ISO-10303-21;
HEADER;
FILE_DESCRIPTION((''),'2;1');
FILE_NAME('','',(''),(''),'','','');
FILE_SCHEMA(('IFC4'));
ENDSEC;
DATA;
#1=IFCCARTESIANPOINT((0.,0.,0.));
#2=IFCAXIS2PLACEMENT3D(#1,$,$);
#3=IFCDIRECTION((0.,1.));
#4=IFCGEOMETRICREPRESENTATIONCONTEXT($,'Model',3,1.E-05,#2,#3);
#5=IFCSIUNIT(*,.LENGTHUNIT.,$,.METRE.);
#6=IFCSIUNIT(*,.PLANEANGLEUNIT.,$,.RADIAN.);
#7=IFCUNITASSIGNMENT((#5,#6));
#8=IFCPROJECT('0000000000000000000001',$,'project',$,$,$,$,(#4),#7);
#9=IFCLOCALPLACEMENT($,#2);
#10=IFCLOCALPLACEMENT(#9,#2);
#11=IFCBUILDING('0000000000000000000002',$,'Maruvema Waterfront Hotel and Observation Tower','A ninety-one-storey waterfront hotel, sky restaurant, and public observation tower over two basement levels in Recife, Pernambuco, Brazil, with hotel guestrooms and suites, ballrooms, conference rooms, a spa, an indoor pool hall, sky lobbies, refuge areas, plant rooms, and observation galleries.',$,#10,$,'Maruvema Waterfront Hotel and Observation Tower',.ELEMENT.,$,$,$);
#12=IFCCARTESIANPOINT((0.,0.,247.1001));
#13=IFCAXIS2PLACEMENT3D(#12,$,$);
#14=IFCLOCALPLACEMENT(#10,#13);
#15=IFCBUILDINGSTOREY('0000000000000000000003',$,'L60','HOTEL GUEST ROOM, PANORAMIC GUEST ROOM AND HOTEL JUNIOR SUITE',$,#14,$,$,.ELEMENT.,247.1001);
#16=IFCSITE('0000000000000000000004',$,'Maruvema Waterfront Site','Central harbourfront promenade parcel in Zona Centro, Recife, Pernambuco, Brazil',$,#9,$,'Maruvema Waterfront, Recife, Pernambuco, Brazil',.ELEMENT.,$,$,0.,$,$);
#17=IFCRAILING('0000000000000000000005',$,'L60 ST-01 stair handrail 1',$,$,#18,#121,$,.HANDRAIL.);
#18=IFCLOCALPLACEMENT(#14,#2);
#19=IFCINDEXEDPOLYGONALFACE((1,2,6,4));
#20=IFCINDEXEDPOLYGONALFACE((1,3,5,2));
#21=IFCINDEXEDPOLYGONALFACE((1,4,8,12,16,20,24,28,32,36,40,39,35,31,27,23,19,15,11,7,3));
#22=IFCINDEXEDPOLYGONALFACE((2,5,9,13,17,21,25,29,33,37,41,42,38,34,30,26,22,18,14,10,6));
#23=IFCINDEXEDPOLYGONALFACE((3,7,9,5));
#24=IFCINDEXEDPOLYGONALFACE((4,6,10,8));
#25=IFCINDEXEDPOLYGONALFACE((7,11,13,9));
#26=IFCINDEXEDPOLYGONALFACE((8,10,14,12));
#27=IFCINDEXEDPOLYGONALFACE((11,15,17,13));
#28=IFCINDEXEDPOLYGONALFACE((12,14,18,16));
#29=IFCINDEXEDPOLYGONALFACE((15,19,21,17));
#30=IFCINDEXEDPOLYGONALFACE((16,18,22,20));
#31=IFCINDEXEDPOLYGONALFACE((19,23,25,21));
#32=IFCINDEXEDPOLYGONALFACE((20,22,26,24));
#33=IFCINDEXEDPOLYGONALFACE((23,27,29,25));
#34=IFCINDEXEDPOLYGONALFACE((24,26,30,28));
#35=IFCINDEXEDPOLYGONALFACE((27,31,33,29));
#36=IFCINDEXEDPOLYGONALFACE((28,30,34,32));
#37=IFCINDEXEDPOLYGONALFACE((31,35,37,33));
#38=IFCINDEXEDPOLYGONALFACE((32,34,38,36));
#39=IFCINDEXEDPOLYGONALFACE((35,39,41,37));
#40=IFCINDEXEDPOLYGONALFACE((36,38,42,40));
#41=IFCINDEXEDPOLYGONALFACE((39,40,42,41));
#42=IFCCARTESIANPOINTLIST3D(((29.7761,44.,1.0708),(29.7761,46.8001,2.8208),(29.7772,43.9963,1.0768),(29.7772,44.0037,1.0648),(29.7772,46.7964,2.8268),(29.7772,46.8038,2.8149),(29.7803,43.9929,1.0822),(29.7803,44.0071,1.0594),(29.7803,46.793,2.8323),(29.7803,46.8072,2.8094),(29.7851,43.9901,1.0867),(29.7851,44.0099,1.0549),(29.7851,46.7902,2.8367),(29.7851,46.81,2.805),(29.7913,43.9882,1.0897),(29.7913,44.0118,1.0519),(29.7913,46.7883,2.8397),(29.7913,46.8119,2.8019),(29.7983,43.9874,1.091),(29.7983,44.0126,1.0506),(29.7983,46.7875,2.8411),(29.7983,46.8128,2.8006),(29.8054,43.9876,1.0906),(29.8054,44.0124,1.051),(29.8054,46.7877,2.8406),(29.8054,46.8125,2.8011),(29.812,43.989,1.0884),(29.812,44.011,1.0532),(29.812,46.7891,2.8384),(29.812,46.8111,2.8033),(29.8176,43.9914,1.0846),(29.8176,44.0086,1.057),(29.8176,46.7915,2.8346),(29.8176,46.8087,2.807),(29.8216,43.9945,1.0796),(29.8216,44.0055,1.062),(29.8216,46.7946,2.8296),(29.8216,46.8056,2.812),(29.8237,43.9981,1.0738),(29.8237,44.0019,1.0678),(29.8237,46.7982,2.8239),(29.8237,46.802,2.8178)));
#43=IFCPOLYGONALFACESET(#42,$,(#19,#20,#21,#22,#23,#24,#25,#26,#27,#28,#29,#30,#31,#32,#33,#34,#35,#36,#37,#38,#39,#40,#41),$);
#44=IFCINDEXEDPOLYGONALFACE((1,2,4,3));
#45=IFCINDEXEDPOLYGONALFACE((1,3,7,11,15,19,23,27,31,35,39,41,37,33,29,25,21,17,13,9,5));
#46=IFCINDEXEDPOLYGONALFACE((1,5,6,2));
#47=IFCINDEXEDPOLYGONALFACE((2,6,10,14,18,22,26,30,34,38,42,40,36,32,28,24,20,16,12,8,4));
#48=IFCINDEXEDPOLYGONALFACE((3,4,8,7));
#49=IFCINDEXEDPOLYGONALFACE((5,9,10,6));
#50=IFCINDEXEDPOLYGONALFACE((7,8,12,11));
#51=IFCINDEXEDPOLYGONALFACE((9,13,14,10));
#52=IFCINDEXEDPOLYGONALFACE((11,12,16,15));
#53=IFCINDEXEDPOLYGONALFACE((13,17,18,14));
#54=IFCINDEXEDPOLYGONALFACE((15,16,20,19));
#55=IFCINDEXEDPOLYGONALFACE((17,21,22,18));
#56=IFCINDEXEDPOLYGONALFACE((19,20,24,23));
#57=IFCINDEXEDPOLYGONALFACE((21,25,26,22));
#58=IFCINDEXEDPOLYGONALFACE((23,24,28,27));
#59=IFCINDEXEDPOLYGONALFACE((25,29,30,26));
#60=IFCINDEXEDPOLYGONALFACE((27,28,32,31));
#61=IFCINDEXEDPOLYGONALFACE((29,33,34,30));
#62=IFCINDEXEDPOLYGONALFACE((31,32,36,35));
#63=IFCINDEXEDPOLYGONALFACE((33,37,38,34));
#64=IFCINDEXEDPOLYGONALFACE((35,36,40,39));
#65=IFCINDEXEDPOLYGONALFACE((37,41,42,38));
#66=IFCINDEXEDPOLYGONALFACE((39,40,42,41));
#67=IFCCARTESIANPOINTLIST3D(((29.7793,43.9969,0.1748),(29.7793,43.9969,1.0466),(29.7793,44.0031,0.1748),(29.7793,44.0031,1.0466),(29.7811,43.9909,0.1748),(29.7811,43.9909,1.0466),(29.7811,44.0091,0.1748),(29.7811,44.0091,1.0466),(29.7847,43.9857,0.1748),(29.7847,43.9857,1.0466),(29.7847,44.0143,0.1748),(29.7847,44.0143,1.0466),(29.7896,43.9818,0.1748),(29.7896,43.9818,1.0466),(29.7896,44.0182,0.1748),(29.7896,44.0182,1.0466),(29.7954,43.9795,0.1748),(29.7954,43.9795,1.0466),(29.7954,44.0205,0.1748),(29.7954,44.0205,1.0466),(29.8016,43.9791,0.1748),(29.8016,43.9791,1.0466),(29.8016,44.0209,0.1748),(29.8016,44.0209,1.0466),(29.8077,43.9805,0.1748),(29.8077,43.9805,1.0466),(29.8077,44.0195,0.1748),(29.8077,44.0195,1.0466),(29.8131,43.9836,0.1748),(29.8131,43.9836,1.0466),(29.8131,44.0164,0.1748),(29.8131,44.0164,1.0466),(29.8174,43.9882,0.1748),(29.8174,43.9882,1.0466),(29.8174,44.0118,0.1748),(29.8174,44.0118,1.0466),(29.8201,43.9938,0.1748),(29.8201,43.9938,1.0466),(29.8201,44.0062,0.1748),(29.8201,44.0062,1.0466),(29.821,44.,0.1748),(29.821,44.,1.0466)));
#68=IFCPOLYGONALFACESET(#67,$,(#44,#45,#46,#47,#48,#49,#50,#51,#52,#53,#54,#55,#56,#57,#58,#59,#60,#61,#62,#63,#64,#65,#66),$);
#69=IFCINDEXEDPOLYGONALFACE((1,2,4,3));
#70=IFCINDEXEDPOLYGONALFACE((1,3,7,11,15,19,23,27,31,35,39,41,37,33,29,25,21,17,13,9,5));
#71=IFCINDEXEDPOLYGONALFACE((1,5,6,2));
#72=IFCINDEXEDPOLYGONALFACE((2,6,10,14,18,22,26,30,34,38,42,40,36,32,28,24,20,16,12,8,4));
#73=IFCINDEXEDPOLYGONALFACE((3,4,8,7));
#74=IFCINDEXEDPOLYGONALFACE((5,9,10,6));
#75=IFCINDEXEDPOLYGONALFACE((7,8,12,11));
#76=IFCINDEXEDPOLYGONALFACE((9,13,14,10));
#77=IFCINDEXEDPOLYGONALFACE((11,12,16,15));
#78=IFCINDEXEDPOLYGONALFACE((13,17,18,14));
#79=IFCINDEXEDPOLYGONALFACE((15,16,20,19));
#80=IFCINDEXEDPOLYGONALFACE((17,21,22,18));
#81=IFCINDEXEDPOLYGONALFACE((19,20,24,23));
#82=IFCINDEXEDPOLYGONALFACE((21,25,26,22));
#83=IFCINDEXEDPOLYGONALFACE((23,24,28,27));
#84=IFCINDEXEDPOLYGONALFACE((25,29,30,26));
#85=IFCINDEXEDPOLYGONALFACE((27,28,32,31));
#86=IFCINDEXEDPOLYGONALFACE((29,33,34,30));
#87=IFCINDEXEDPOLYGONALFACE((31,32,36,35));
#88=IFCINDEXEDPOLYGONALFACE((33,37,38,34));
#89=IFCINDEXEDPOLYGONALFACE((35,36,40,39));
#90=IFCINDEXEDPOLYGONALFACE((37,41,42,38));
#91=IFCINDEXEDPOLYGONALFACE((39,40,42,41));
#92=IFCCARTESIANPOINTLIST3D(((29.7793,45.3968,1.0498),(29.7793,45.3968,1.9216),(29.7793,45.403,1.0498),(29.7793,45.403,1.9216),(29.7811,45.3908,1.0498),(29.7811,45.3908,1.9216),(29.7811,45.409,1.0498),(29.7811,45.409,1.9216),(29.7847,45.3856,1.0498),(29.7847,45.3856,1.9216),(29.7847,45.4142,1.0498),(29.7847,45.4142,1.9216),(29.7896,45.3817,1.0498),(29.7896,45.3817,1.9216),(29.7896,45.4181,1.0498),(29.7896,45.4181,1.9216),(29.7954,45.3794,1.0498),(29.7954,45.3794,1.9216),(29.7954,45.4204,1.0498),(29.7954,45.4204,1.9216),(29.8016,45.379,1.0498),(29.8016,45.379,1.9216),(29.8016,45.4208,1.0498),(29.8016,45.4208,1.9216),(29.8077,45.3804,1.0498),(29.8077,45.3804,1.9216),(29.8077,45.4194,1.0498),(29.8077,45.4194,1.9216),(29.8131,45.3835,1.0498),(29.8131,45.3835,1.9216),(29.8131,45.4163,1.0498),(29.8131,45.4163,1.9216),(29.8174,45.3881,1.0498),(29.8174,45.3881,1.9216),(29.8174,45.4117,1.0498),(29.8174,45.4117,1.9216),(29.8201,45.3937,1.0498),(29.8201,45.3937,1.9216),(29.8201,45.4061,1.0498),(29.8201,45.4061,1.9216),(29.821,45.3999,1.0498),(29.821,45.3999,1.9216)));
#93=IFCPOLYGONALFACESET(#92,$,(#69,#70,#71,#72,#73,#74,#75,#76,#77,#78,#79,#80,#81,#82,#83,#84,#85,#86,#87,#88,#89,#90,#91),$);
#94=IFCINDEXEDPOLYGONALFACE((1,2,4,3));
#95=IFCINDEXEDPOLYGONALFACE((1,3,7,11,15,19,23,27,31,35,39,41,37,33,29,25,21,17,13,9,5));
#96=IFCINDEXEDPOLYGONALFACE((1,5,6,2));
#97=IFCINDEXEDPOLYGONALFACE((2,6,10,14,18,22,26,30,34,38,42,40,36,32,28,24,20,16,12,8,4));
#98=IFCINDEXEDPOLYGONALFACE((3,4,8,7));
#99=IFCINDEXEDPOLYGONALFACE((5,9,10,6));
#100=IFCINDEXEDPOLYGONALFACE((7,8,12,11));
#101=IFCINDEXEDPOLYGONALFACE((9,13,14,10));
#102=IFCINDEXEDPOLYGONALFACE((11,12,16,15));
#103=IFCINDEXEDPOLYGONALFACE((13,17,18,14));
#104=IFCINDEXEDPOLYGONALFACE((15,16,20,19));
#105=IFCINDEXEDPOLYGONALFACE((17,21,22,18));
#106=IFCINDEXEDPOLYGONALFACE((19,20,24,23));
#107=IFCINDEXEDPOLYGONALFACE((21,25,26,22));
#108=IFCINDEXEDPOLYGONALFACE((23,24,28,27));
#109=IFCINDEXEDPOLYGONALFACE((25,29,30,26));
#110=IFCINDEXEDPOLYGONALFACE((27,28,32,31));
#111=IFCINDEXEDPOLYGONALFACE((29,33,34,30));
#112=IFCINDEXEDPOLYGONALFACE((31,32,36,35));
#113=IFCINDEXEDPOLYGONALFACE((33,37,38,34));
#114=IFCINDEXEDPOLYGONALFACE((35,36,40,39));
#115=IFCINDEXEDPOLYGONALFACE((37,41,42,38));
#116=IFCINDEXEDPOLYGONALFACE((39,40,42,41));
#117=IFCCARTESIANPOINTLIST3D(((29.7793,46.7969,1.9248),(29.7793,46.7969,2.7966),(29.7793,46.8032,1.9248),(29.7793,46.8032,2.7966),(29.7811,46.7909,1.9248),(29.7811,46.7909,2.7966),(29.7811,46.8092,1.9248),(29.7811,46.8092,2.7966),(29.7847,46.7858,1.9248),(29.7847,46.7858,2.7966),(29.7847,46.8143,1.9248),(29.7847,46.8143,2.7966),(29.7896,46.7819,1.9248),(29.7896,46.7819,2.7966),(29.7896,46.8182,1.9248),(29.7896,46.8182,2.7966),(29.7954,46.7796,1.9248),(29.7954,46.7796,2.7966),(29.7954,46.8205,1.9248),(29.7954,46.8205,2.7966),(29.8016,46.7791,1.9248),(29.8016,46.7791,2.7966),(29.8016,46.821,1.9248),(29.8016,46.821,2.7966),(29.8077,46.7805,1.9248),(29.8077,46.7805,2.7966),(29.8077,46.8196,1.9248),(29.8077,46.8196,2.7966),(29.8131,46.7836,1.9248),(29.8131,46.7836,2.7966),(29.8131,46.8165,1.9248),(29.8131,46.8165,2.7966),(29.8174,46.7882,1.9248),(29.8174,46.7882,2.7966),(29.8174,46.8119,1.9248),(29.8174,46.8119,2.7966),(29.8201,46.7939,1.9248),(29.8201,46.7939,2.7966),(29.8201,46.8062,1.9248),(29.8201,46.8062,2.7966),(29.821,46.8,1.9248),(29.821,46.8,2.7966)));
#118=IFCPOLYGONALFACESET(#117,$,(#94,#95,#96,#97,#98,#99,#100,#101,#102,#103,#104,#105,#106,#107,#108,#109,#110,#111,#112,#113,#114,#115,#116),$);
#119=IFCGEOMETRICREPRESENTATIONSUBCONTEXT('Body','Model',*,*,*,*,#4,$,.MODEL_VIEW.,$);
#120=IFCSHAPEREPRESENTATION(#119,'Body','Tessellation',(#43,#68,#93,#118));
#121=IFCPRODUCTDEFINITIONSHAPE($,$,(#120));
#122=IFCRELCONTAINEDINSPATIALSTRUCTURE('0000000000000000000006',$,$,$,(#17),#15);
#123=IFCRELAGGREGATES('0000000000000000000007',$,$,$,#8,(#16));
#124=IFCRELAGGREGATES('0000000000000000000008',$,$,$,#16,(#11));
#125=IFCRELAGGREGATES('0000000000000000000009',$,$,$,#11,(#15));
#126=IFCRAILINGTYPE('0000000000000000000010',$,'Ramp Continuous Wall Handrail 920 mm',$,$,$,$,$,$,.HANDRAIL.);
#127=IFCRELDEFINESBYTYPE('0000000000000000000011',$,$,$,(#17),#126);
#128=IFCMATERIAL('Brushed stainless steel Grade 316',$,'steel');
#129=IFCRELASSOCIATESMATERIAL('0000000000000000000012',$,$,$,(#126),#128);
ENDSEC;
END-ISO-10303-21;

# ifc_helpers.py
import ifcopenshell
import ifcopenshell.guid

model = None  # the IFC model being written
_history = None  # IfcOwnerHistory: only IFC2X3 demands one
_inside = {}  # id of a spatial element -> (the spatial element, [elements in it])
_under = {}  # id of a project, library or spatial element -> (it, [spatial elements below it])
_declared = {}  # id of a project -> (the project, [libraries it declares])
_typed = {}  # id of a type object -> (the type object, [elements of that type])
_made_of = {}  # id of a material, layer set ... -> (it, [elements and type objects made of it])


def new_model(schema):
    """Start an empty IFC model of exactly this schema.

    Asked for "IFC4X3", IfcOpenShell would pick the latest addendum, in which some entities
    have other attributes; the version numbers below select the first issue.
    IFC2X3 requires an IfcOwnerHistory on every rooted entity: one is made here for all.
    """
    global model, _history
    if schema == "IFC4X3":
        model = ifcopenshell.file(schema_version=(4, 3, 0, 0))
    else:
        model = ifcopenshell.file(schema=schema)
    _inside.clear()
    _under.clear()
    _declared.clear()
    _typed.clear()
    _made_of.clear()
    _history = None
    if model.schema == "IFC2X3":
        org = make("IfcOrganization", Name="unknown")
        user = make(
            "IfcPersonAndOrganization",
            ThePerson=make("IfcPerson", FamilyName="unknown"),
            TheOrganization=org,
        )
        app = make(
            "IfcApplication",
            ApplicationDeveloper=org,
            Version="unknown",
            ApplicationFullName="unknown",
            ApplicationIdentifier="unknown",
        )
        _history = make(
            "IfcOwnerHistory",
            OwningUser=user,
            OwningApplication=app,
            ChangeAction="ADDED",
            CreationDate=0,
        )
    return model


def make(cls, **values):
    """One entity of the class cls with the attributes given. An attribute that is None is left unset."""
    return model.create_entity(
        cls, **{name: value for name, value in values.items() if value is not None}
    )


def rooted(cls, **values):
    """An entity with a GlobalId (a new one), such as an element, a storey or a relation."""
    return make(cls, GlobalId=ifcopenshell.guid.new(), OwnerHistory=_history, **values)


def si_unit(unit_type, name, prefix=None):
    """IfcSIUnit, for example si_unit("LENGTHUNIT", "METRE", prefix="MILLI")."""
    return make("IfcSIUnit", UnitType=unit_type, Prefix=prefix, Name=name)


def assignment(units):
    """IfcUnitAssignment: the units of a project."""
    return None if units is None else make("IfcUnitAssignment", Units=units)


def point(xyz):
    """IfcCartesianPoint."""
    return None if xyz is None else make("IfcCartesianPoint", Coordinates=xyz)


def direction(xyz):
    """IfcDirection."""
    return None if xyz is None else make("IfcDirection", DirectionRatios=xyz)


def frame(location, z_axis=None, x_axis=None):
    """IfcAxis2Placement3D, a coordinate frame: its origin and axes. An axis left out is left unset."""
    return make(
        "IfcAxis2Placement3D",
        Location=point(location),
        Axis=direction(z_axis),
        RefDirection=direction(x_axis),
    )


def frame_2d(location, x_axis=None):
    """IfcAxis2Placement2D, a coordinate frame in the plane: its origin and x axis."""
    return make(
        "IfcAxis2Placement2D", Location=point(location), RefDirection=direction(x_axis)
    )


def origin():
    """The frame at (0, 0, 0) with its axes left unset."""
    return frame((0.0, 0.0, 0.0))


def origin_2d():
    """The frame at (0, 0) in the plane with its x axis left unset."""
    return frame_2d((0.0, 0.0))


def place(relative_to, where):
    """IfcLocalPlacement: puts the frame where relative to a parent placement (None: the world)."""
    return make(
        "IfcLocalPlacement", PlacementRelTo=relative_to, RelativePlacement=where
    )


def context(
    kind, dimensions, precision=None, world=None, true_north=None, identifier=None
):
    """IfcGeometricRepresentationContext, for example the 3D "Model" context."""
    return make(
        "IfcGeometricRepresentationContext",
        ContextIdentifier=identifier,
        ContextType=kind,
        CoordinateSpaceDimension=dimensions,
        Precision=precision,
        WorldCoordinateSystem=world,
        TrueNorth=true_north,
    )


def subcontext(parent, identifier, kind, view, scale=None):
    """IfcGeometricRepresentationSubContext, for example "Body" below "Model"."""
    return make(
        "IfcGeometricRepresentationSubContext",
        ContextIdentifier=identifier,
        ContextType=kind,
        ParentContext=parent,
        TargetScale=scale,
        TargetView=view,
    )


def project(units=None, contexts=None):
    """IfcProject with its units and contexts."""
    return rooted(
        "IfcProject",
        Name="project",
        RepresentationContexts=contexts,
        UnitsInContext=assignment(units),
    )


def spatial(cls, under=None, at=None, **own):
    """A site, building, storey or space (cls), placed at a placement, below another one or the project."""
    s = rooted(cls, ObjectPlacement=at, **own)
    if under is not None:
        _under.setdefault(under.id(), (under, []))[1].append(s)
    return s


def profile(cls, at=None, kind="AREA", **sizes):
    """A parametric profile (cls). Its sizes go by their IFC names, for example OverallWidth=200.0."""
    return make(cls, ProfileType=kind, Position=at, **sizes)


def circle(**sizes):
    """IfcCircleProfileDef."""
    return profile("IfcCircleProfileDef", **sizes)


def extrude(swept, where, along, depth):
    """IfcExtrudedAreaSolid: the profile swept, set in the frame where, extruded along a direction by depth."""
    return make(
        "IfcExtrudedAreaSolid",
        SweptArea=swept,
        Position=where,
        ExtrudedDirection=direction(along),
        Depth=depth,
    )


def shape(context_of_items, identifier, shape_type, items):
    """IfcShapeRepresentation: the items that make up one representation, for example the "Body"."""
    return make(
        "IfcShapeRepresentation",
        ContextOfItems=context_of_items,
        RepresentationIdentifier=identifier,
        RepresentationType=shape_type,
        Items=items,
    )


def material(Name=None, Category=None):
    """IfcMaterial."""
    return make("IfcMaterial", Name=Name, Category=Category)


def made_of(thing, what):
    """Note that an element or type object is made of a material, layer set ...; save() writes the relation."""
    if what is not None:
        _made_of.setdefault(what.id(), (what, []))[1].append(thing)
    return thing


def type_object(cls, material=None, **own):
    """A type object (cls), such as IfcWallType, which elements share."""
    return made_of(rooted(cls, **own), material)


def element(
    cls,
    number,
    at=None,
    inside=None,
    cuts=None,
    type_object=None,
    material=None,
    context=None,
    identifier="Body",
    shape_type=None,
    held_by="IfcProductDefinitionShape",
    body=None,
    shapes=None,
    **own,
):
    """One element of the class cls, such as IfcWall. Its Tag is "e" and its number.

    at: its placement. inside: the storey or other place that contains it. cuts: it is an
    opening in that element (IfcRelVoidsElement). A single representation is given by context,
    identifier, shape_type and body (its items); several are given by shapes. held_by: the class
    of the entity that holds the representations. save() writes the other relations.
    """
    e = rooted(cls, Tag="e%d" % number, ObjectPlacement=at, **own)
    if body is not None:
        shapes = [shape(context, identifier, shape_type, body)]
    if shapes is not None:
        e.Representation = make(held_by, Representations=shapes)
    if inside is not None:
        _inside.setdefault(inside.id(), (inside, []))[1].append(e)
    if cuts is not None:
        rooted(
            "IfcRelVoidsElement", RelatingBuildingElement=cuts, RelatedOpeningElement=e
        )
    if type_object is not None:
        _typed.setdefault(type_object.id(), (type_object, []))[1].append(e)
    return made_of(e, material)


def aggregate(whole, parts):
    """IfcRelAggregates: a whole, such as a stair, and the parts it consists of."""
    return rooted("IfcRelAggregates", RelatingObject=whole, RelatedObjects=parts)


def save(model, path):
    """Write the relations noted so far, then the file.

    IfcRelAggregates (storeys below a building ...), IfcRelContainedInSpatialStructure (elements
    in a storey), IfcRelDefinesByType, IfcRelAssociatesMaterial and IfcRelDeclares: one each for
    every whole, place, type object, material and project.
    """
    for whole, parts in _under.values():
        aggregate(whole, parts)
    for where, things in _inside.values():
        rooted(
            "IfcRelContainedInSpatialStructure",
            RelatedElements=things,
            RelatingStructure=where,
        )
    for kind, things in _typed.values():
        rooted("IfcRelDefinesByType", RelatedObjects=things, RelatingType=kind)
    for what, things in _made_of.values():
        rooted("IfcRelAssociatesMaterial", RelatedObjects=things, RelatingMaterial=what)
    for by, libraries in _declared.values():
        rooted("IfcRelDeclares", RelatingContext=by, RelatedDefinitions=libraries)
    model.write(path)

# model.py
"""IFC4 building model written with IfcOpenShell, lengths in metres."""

from ifc_helpers import new_model, si_unit, direction, frame, origin, origin_2d, place, context, subcontext, project, spatial, circle, extrude, material, type_object, element, save


model = new_model("IFC4")

# Units and contexts
model_context = context("Model", 3, precision=1e-05, world=origin(), true_north=direction((0.0, 1.0)))
body_context = subcontext(model_context, "Body", "Model", "MODEL_VIEW")
ifc_project = project(units=[si_unit("LENGTHUNIT", "METRE"), si_unit("PLANEANGLEUNIT", "RADIAN")], contexts=[model_context])

# Site, building, storey
site_placement = place(None, origin())
site = spatial("IfcSite", under=ifc_project, at=site_placement, Name="Maruvema Waterfront Site", Description="Central harbourfront promenade parcel in Zona Centro, Recife, Pernambuco, Brazil", LongName="Maruvema Waterfront, Recife, Pernambuco, Brazil", CompositionType="ELEMENT", RefElevation=0.0)
building_placement = place(site_placement, origin())
building = spatial("IfcBuilding", under=site, at=building_placement, Name="Maruvema Waterfront Hotel and Observation Tower", Description="A ninety-one-storey waterfront hotel, sky restaurant, and public observation tower over two basement levels in Recife, Pernambuco, Brazil, with hotel guestrooms and suites, ballrooms, conference rooms, a spa, an indoor pool hall, sky lobbies, refuge areas, plant rooms, and observation galleries.", LongName="Maruvema Waterfront Hotel and Observation Tower", CompositionType="ELEMENT")
storey_placement = place(building_placement, frame((0.0, 0.0, 247.1001)))
storey = spatial("IfcBuildingStorey", under=building, at=storey_placement, Name="L60", Description="HOTEL GUEST ROOM, PANORAMIC GUEST ROOM AND HOTEL JUNIOR SUITE", CompositionType="ELEMENT", Elevation=247.1001)

# Railing
ifc_material_1 = material(Name="Brushed stainless steel Grade 316", Category="steel")
railing_type_1 = type_object("IfcRailingType", Name="Ramp Continuous Wall Handrail 920 mm", PredefinedType="HANDRAIL", material=ifc_material_1)
railing_1_placement = place(storey_placement, frame((29.8, 44.0, 0.1748)))
element("IfcRailing", 1, at=railing_1_placement, inside=storey, type_object=railing_type_1, Name="L60 ST-01 stair handrail 1", PredefinedType="HANDRAIL", context=body_context, shape_type="SweptSolid", body=[
    extrude(circle(Radius=0.0239, at=origin_2d()), frame((0.0, 0.0, 0.896), z_axis=(0.0, 0.848002, 0.529992), x_axis=(-1.0, 0.0, 0.0)), (0.0, 0.0, 1.0), 3.302),
    extrude(circle(Radius=0.021, at=origin_2d()), origin(), (0.0, 0.0, 1.0), 0.8718),
    extrude(circle(Radius=0.021, at=origin_2d()), frame((0.0, 1.3999, 0.875)), (0.0, 0.0, 1.0), 0.8718),
    extrude(circle(Radius=0.021, at=origin_2d()), frame((0.0, 2.8, 1.75)), (0.0, 0.0, 1.0), 0.8718),
])

save(model, "model.ifc")
